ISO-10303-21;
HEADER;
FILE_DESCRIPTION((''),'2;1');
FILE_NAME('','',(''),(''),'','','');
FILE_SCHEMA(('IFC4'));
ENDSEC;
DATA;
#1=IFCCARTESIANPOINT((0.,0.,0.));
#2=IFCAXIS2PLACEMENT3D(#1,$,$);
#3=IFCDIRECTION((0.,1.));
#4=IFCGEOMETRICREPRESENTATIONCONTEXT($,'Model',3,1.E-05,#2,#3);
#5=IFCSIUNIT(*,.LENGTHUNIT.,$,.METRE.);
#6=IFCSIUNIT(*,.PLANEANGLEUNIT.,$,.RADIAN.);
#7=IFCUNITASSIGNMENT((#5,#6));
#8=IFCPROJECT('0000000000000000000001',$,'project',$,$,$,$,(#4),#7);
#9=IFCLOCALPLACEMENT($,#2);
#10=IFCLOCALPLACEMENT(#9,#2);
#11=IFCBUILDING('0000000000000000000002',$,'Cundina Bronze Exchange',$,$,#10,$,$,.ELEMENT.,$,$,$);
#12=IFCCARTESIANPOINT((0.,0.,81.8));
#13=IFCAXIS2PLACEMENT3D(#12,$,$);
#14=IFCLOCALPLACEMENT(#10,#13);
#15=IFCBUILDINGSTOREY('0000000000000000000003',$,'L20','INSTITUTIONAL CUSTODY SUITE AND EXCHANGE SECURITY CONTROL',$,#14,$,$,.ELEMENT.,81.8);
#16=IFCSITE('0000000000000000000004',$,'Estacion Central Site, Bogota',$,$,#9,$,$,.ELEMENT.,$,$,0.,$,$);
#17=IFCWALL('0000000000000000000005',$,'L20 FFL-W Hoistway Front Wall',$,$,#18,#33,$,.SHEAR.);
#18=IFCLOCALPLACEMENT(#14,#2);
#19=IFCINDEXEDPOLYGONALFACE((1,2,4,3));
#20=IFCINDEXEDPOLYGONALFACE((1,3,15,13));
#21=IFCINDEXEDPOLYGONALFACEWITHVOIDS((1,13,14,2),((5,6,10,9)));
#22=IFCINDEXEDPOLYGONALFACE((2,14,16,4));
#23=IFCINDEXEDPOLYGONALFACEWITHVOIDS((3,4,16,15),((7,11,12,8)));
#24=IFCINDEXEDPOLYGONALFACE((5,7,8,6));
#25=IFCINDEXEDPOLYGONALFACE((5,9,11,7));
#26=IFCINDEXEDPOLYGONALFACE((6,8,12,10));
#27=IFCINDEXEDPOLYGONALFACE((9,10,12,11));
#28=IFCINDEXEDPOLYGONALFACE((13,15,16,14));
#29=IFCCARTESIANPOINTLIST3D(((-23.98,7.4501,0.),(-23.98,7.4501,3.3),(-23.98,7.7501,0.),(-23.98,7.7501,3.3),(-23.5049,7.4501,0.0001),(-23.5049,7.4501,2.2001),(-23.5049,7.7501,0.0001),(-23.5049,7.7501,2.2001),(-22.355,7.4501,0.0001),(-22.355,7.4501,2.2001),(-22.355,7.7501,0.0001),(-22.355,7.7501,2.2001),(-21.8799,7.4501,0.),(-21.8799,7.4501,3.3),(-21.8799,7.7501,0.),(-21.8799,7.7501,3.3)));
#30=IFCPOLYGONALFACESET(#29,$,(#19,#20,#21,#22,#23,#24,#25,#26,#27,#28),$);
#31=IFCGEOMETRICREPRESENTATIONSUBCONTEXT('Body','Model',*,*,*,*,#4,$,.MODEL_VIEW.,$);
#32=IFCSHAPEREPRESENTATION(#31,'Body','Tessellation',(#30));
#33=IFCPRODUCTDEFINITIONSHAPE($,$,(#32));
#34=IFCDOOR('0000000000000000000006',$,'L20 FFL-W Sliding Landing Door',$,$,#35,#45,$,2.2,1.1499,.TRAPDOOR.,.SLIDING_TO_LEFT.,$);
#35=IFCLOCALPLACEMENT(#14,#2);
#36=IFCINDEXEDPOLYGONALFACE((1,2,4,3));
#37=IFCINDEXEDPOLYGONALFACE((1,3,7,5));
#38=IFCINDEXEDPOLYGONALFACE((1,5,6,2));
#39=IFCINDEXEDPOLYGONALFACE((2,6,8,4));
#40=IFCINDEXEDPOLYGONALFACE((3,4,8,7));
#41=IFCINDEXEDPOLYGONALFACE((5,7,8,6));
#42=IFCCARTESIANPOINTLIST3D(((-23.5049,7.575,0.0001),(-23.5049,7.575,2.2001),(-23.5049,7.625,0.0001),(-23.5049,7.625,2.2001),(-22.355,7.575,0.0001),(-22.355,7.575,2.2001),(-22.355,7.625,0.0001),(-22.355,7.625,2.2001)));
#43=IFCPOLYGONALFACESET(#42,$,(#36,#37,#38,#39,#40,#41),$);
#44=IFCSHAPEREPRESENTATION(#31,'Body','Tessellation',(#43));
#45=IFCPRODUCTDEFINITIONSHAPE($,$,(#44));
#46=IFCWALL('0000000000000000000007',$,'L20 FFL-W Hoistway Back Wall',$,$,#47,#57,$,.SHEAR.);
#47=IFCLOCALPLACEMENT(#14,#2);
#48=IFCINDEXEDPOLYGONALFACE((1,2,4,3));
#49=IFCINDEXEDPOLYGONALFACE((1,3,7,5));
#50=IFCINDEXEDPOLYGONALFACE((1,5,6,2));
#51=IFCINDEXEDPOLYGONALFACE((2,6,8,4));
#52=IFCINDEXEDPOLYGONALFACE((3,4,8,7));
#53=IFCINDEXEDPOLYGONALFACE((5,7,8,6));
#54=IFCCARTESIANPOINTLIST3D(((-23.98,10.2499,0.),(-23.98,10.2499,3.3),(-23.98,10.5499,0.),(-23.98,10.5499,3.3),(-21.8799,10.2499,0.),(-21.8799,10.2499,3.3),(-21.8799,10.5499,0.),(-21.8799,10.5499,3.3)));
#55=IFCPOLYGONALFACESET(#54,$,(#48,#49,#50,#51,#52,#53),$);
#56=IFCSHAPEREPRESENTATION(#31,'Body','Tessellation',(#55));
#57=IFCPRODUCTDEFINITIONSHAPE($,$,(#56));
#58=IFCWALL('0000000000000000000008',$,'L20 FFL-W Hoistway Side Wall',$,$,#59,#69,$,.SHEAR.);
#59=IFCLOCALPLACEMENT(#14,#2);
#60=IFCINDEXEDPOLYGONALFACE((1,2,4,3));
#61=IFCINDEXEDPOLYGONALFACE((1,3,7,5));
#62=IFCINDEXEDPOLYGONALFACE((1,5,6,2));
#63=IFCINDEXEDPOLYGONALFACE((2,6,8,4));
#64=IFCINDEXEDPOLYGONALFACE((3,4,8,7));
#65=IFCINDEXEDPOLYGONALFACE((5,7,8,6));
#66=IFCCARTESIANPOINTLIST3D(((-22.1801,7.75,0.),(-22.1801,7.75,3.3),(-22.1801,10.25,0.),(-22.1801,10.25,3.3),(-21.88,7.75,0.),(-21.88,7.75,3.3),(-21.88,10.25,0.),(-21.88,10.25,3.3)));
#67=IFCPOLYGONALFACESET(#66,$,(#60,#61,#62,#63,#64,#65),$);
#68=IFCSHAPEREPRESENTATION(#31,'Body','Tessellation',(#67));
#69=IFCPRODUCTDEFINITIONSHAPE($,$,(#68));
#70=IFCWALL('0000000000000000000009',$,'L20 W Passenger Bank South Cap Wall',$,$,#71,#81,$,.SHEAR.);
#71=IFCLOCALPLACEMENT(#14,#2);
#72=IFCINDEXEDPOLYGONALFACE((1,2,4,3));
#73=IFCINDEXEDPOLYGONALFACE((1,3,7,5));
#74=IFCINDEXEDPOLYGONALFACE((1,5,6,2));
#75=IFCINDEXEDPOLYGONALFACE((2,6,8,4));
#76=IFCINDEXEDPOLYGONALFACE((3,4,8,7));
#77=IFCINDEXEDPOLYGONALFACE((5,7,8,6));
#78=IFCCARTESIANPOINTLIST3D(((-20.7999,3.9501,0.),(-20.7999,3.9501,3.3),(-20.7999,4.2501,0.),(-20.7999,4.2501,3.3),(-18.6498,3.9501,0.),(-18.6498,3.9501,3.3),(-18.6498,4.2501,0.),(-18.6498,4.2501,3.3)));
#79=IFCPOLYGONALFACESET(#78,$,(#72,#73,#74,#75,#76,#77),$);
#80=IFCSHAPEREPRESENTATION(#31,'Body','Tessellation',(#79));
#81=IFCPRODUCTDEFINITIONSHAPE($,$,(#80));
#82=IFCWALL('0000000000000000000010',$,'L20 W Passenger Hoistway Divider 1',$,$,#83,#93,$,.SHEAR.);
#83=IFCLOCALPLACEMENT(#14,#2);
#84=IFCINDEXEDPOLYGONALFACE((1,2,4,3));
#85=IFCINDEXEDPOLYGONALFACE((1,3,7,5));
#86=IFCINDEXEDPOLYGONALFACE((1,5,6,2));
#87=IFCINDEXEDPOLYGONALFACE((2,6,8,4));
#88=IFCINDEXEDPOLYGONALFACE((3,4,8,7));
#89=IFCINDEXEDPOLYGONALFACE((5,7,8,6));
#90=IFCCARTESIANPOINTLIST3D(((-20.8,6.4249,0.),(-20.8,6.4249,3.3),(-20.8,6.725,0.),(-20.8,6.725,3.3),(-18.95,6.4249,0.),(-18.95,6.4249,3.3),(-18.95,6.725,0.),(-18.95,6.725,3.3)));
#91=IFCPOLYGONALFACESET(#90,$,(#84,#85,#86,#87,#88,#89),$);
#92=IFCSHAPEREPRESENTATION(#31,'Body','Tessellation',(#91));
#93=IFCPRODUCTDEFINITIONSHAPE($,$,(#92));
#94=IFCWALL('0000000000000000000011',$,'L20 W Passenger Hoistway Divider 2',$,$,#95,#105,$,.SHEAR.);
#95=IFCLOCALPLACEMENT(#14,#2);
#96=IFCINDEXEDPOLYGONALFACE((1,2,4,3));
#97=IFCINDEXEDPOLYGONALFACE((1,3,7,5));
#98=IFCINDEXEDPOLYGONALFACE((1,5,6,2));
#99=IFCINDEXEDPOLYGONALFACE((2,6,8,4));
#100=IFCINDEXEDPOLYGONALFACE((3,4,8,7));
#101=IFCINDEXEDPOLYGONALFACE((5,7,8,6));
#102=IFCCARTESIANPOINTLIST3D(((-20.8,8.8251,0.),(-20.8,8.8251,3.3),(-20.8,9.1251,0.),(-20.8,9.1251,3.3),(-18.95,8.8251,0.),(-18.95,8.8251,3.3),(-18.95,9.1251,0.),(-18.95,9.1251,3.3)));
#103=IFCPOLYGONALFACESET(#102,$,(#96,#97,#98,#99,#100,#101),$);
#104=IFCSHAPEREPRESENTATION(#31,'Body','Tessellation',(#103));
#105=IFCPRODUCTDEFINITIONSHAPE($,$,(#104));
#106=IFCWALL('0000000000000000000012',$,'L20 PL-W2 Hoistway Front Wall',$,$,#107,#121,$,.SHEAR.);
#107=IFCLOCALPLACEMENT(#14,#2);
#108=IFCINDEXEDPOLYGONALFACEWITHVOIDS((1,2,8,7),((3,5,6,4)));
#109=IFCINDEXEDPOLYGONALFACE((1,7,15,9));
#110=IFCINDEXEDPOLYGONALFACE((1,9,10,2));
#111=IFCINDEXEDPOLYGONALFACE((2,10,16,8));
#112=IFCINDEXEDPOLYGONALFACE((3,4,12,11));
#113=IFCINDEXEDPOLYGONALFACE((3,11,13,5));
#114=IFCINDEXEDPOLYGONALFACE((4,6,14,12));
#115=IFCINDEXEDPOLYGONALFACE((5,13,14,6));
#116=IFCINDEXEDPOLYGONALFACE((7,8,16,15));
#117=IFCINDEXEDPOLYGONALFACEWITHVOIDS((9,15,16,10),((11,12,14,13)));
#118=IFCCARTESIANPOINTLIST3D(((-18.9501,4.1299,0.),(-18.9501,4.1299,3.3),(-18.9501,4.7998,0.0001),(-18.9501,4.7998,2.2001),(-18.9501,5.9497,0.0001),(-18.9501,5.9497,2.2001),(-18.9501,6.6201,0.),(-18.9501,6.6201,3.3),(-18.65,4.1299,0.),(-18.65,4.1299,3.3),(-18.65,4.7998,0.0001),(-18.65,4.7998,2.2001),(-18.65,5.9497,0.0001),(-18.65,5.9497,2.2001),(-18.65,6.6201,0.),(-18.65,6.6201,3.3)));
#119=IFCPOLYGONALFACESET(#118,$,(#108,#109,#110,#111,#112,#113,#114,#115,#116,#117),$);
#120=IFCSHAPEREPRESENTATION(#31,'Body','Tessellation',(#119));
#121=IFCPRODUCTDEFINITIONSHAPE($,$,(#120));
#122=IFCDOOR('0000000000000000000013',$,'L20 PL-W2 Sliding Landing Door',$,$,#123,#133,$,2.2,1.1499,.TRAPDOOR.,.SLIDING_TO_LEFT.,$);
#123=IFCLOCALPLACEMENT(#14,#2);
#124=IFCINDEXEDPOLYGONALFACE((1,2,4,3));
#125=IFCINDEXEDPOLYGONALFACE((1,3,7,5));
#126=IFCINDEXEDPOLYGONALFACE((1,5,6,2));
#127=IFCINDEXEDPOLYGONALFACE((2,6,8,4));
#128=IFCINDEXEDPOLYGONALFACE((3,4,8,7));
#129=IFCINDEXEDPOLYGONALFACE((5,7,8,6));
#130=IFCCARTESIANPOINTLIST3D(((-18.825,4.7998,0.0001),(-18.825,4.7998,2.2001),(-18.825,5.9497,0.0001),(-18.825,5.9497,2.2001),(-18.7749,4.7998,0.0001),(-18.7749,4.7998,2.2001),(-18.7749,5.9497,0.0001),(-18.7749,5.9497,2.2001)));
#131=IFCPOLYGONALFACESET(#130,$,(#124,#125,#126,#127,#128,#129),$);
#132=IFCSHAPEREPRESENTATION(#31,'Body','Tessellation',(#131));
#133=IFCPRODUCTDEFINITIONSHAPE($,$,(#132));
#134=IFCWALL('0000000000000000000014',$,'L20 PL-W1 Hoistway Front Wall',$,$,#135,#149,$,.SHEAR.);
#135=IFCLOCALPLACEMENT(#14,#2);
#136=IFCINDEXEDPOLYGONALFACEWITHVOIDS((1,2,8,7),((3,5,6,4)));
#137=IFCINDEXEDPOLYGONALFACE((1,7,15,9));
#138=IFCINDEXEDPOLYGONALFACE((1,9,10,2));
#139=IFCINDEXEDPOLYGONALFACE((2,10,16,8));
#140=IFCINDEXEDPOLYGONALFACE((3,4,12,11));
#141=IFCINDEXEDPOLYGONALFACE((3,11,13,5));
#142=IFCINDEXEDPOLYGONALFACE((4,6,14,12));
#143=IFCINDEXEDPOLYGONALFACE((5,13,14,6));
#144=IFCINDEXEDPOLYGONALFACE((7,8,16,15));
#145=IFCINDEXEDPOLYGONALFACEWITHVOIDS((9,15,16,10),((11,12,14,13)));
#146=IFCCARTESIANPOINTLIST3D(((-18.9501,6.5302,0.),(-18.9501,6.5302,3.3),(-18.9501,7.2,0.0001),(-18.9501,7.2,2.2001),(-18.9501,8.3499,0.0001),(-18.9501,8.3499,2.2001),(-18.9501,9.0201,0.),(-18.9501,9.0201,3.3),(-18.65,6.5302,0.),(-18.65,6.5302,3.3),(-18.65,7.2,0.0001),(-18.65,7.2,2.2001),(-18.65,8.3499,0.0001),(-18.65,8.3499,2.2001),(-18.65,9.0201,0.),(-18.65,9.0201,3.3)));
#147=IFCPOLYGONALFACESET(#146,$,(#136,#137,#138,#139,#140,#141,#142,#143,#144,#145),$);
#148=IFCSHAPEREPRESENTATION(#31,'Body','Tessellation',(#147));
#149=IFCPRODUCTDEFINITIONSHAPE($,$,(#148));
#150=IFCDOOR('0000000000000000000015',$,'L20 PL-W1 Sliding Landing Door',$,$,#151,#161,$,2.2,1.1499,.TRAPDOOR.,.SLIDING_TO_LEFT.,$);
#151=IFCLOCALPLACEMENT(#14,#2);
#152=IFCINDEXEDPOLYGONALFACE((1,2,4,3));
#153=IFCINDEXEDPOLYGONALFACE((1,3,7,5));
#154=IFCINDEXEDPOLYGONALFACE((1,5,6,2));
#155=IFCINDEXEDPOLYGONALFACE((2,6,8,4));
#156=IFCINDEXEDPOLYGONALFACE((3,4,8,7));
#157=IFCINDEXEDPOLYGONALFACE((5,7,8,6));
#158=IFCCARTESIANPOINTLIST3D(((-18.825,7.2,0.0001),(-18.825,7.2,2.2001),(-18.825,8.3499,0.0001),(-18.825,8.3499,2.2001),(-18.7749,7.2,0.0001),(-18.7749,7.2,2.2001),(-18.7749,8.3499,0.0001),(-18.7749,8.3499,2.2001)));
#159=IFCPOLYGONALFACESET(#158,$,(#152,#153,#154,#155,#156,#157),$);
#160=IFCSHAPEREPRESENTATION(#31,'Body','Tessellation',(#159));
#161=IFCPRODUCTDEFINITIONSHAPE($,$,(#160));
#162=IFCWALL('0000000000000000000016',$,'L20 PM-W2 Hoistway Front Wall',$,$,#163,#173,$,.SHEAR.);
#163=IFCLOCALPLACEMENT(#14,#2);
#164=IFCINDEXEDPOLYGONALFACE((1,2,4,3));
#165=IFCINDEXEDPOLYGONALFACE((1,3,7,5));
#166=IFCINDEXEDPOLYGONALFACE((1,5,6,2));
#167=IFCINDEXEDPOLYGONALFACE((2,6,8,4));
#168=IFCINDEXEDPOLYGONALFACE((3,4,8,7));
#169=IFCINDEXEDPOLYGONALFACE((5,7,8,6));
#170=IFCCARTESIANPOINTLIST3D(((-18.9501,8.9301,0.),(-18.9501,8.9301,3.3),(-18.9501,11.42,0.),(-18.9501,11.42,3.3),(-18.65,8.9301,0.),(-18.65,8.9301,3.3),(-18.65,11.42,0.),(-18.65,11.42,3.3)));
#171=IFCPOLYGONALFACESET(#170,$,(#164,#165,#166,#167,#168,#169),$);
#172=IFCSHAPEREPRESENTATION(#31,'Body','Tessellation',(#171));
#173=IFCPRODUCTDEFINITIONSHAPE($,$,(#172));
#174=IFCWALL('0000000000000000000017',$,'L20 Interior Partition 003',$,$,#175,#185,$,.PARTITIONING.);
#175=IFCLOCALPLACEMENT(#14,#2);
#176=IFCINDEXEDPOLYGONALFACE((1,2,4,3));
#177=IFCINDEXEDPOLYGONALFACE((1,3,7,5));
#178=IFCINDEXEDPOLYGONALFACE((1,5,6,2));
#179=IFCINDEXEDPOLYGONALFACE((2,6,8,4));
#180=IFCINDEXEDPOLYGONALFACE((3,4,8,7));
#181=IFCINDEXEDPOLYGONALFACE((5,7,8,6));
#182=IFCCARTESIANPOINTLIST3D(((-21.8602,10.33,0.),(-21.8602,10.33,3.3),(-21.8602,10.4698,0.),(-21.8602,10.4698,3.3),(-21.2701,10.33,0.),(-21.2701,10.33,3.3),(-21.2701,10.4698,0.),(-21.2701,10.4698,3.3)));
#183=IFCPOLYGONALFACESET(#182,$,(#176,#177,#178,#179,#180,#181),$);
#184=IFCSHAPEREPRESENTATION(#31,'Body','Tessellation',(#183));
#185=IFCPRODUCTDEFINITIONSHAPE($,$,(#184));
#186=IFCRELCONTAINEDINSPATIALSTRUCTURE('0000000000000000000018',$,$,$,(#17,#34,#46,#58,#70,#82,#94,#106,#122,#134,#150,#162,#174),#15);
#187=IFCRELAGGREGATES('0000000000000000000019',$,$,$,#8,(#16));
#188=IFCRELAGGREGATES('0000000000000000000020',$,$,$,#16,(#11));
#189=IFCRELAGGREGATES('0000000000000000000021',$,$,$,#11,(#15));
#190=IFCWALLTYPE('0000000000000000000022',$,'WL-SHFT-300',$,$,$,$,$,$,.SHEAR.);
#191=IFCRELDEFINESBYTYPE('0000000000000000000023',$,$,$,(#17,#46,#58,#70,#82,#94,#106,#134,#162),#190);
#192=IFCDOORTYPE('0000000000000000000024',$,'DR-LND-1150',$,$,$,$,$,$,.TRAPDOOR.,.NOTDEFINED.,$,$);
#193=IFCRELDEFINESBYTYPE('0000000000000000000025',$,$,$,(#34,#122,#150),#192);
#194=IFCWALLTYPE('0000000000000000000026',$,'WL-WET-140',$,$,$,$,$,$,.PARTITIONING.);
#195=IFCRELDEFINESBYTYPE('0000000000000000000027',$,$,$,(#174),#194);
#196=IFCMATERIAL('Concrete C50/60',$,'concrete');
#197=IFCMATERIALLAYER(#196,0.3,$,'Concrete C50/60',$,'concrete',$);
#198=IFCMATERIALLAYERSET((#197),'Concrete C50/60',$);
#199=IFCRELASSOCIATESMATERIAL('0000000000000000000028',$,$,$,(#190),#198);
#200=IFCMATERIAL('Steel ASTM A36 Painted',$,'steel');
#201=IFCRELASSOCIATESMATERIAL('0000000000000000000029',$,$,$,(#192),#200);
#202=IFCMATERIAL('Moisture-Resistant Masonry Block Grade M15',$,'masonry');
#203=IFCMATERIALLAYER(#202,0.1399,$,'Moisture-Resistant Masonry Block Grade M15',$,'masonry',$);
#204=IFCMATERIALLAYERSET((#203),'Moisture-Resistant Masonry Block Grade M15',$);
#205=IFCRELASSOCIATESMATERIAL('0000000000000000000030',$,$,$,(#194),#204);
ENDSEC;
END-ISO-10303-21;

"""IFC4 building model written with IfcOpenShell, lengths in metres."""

from ifc_helpers import new_model, si_unit, direction, frame, frame_2d, origin, place, context, subcontext, project, spatial, rectangle, extrude, material, layer, layer_set, type_object, element, fill, save


model = new_model("IFC4")

# Units and contexts
model_context = context("Model", 3, precision=1e-05, world=origin(), true_north=direction((0.0, 1.0)))
body_context = subcontext(model_context, "Body", "Model", "MODEL_VIEW")
ifc_project = project(units=[si_unit("LENGTHUNIT", "METRE"), si_unit("PLANEANGLEUNIT", "RADIAN")], contexts=[model_context])

# Site, building, storey
site_placement = place(None, origin())
site = spatial("IfcSite", under=ifc_project, at=site_placement, Name="Estacion Central Site, Bogota", CompositionType="ELEMENT", RefElevation=0.0)
building_placement = place(site_placement, origin())
building = spatial("IfcBuilding", under=site, at=building_placement, Name="Cundina Bronze Exchange", CompositionType="ELEMENT")
storey_placement = place(building_placement, frame((0.0, 0.0, 81.8)))
storey = spatial("IfcBuildingStorey", under=building, at=storey_placement, Name="L20", Description="INSTITUTIONAL CUSTODY SUITE AND EXCHANGE SECURITY CONTROL", CompositionType="ELEMENT", Elevation=81.8)

# Shared definitions
ifc_material_1 = material(Name="Concrete C50/60", Category="concrete")
ifc_layer_1 = layer(ifc_material_1, 0.3, Name="Concrete C50/60", Category="concrete")
ifc_layer_set_1 = layer_set([ifc_layer_1], Name="Concrete C50/60")
wall_type_1 = type_object("IfcWallType", Name="WL-SHFT-300", PredefinedType="SHEAR", material=ifc_layer_set_1)

# Wall, opening, door
wall_1_placement = place(storey_placement, frame((-23.98, 7.6001, 0.0), z_axis=(0.0, 0.0, 1.0), x_axis=(1.0, 0.0, 0.0)))
wall_1 = element("IfcWall", 1, at=wall_1_placement, inside=storey, type_object=wall_type_1, Name="L20 FFL-W Hoistway Front Wall", PredefinedType="SHEAR", context=body_context, shape_type="SweptSolid", body=[
    extrude(rectangle(XDim=2.1001, YDim=0.3, at=frame_2d((1.05, 0.0))), origin(), (0.0, 0.0, 1.0), 3.3),
])
opening_1_placement = place(wall_1_placement, frame((0.4751, 0.0, 0.0)))
opening_1 = element("IfcOpeningElement", 2, at=opening_1_placement, cuts=wall_1, PredefinedType="OPENING", context=body_context, shape_type="SweptSolid", body=[
    extrude(rectangle(XDim=1.1499, YDim=2.2, at=frame_2d((0.575, 1.1001))), frame((0.0, 0.1599, 0.0), z_axis=(0.0, -1.0, 0.0), x_axis=(1.0, 0.0, 0.0)), (0.0, 0.0, 1.0), 0.3201),
])
ifc_material_2 = material(Name="Steel ASTM A36 Painted", Category="steel")
door_type = type_object("IfcDoorType", Name="DR-LND-1150", OperationType="NOTDEFINED", PredefinedType="TRAPDOOR", material=ifc_material_2)
door_1_placement = place(opening_1_placement, origin())
door_1 = element("IfcDoor", 3, at=door_1_placement, inside=storey, type_object=door_type, Name="L20 FFL-W Sliding Landing Door", OperationType="SLIDING_TO_LEFT", OverallHeight=2.2, OverallWidth=1.1499, PredefinedType="TRAPDOOR", context=body_context, shape_type="SweptSolid", body=[
    extrude(rectangle(XDim=1.1499, YDim=2.2, at=frame_2d((0.575, 1.1001))), frame((0.0, 0.0249, 0.0), z_axis=(0.0, -1.0, 0.0), x_axis=(1.0, 0.0, 0.0)), (0.0, 0.0, 1.0), 0.05),
])
fill(opening_1, door_1)

# Walls
wall_2_placement = place(storey_placement, frame((-23.98, 10.3999, 0.0), z_axis=(0.0, 0.0, 1.0), x_axis=(1.0, 0.0, 0.0)))
element("IfcWall", 4, at=wall_2_placement, inside=storey, type_object=wall_type_1, Name="L20 FFL-W Hoistway Back Wall", PredefinedType="SHEAR", context=body_context, shape_type="SweptSolid", body=[
    extrude(rectangle(XDim=2.1001, YDim=0.3, at=frame_2d((1.05, 0.0))), origin(), (0.0, 0.0, 1.0), 3.3),
])
wall_3_placement = place(storey_placement, frame((-22.03, 7.75, 0.0), z_axis=(0.0, 0.0, 1.0), x_axis=(0.0, 1.0, 0.0)))
element("IfcWall", 5, at=wall_3_placement, inside=storey, type_object=wall_type_1, Name="L20 FFL-W Hoistway Side Wall", PredefinedType="SHEAR", context=body_context, shape_type="SweptSolid", body=[
    extrude(rectangle(XDim=2.5, YDim=0.3, at=frame_2d((1.25, 0.0))), origin(), (0.0, 0.0, 1.0), 3.3),
])
wall_4_placement = place(storey_placement, frame((-20.8, 4.1001, 0.0), z_axis=(0.0, 0.0, 1.0), x_axis=(1.0, 0.0, 0.0)))
element("IfcWall", 6, at=wall_4_placement, inside=storey, type_object=wall_type_1, Name="L20 W Passenger Bank South Cap Wall", PredefinedType="SHEAR", context=body_context, shape_type="SweptSolid", body=[
    extrude(rectangle(XDim=2.1501, YDim=0.3, at=frame_2d((1.0752, 0.0))), origin(), (0.0, 0.0, 1.0), 3.3),
])
for number, where, z_axis, x_axis, name in (
    (7, (-20.8, 6.575, 0.0), (0.0, 0.0, 1.0), (1.0, 0.0, 0.0), "L20 W Passenger Hoistway Divider 1"),
    (8, (-20.8, 8.9751, 0.0), (0.0, 0.0, 1.0), (1.0, 0.0, 0.0), "L20 W Passenger Hoistway Divider 2"),
):
    element("IfcWall", number, at=place(storey_placement, frame(where, z_axis=z_axis, x_axis=x_axis)), inside=storey, type_object=wall_type_1, Name=name, PredefinedType="SHEAR", context=body_context, shape_type="SweptSolid", body=[
        extrude(rectangle(XDim=1.8501, YDim=0.3, at=frame_2d((0.925, 0.0))), origin(), (0.0, 0.0, 1.0), 3.3),
    ])

# Walls, openings, doors
wall_5_placement = place(storey_placement, frame((-18.8, 4.1299, 0.0), z_axis=(0.0, 0.0, 1.0), x_axis=(0.0, 1.0, 0.0)))
wall_5 = element("IfcWall", 9, at=wall_5_placement, inside=storey, type_object=wall_type_1, Name="L20 PL-W2 Hoistway Front Wall", PredefinedType="SHEAR", context=body_context, shape_type="SweptSolid", body=[
    extrude(rectangle(XDim=2.4902, YDim=0.3, at=frame_2d((1.2451, 0.0))), origin(), (0.0, 0.0, 1.0), 3.3),
])
opening_2_placement = place(wall_5_placement, frame((0.6699, 0.0, 0.0)))
opening_2 = element("IfcOpeningElement", 10, at=opening_2_placement, cuts=wall_5, PredefinedType="OPENING", context=body_context, shape_type="SweptSolid", body=[
    extrude(rectangle(XDim=1.1499, YDim=2.2, at=frame_2d((0.575, 1.1001))), frame((0.0, 0.1599, 0.0), z_axis=(0.0, -1.0, 0.0), x_axis=(1.0, 0.0, 0.0)), (0.0, 0.0, 1.0), 0.3201),
])
door_2_placement = place(opening_2_placement, origin())
door_2 = element("IfcDoor", 11, at=door_2_placement, inside=storey, type_object=door_type, Name="L20 PL-W2 Sliding Landing Door", OperationType="SLIDING_TO_LEFT", OverallHeight=2.2, OverallWidth=1.1499, PredefinedType="TRAPDOOR", context=body_context, shape_type="SweptSolid", body=[
    extrude(rectangle(XDim=1.1499, YDim=2.2, at=frame_2d((0.575, 1.1001))), frame((0.0, 0.0249, 0.0), z_axis=(0.0, -1.0, 0.0), x_axis=(1.0, 0.0, 0.0)), (0.0, 0.0, 1.0), 0.05),
])
fill(opening_2, door_2)
wall_6_placement = place(storey_placement, frame((-18.8, 6.53, 0.0), z_axis=(0.0, 0.0, 1.0), x_axis=(0.0, 1.0, 0.0)))
wall_6 = element("IfcWall", 12, at=wall_6_placement, inside=storey, type_object=wall_type_1, Name="L20 PL-W1 Hoistway Front Wall", PredefinedType="SHEAR", context=body_context, shape_type="SweptSolid", body=[
    extrude(rectangle(XDim=2.49, YDim=0.3, at=frame_2d((1.2451, 0.0))), origin(), (0.0, 0.0, 1.0), 3.3),
])
opening_3_placement = place(wall_6_placement, frame((0.6699, 0.0, 0.0)))
opening_3 = element("IfcOpeningElement", 13, at=opening_3_placement, cuts=wall_6, PredefinedType="OPENING", context=body_context, shape_type="SweptSolid", body=[
    extrude(rectangle(XDim=1.1499, YDim=2.2, at=frame_2d((0.575, 1.1001))), frame((0.0, 0.1599, 0.0), z_axis=(0.0, -1.0, 0.0), x_axis=(1.0, 0.0, 0.0)), (0.0, 0.0, 1.0), 0.3201),
])
door_3_placement = place(opening_3_placement, origin())
door_3 = element("IfcDoor", 14, at=door_3_placement, inside=storey, type_object=door_type, Name="L20 PL-W1 Sliding Landing Door", OperationType="SLIDING_TO_LEFT", OverallHeight=2.2, OverallWidth=1.1499, PredefinedType="TRAPDOOR", context=body_context, shape_type="SweptSolid", body=[
    extrude(rectangle(XDim=1.1499, YDim=2.2, at=frame_2d((0.575, 1.1001))), frame((0.0, 0.0249, 0.0), z_axis=(0.0, -1.0, 0.0), x_axis=(1.0, 0.0, 0.0)), (0.0, 0.0, 1.0), 0.05),
])
fill(opening_3, door_3)

# Walls
wall_7_placement = place(storey_placement, frame((-18.8, 8.9299, 0.0), z_axis=(0.0, 0.0, 1.0), x_axis=(0.0, 1.0, 0.0)))
element("IfcWall", 15, at=wall_7_placement, inside=storey, type_object=wall_type_1, Name="L20 PM-W2 Hoistway Front Wall", PredefinedType="SHEAR", context=body_context, shape_type="SweptSolid", body=[
    extrude(rectangle(XDim=2.49, YDim=0.3, at=frame_2d((1.2451, 0.0))), origin(), (0.0, 0.0, 1.0), 3.3),
])
ifc_material_3 = material(Name="Moisture-Resistant Masonry Block Grade M15", Category="masonry")
ifc_layer_2 = layer(ifc_material_3, 0.1399, Name="Moisture-Resistant Masonry Block Grade M15", Category="masonry")
ifc_layer_set_2 = layer_set([ifc_layer_2], Name="Moisture-Resistant Masonry Block Grade M15")
wall_type_2 = type_object("IfcWallType", Name="WL-WET-140", PredefinedType="PARTITIONING", material=ifc_layer_set_2)
wall_8_placement = place(storey_placement, frame((-21.8601, 10.3999, 0.0), z_axis=(0.0, 0.0, 1.0), x_axis=(1.0, 0.0, 0.0)))
element("IfcWall", 16, at=wall_8_placement, inside=storey, type_object=wall_type_2, Name="L20 Interior Partition 003", PredefinedType="PARTITIONING", context=body_context, shape_type="SweptSolid", body=[
    extrude(rectangle(XDim=0.5901, YDim=0.1399, at=frame_2d((0.2949, 0.0))), origin(), (0.0, 0.0, 1.0), 3.3),
])

save(model, "model.ifc")
